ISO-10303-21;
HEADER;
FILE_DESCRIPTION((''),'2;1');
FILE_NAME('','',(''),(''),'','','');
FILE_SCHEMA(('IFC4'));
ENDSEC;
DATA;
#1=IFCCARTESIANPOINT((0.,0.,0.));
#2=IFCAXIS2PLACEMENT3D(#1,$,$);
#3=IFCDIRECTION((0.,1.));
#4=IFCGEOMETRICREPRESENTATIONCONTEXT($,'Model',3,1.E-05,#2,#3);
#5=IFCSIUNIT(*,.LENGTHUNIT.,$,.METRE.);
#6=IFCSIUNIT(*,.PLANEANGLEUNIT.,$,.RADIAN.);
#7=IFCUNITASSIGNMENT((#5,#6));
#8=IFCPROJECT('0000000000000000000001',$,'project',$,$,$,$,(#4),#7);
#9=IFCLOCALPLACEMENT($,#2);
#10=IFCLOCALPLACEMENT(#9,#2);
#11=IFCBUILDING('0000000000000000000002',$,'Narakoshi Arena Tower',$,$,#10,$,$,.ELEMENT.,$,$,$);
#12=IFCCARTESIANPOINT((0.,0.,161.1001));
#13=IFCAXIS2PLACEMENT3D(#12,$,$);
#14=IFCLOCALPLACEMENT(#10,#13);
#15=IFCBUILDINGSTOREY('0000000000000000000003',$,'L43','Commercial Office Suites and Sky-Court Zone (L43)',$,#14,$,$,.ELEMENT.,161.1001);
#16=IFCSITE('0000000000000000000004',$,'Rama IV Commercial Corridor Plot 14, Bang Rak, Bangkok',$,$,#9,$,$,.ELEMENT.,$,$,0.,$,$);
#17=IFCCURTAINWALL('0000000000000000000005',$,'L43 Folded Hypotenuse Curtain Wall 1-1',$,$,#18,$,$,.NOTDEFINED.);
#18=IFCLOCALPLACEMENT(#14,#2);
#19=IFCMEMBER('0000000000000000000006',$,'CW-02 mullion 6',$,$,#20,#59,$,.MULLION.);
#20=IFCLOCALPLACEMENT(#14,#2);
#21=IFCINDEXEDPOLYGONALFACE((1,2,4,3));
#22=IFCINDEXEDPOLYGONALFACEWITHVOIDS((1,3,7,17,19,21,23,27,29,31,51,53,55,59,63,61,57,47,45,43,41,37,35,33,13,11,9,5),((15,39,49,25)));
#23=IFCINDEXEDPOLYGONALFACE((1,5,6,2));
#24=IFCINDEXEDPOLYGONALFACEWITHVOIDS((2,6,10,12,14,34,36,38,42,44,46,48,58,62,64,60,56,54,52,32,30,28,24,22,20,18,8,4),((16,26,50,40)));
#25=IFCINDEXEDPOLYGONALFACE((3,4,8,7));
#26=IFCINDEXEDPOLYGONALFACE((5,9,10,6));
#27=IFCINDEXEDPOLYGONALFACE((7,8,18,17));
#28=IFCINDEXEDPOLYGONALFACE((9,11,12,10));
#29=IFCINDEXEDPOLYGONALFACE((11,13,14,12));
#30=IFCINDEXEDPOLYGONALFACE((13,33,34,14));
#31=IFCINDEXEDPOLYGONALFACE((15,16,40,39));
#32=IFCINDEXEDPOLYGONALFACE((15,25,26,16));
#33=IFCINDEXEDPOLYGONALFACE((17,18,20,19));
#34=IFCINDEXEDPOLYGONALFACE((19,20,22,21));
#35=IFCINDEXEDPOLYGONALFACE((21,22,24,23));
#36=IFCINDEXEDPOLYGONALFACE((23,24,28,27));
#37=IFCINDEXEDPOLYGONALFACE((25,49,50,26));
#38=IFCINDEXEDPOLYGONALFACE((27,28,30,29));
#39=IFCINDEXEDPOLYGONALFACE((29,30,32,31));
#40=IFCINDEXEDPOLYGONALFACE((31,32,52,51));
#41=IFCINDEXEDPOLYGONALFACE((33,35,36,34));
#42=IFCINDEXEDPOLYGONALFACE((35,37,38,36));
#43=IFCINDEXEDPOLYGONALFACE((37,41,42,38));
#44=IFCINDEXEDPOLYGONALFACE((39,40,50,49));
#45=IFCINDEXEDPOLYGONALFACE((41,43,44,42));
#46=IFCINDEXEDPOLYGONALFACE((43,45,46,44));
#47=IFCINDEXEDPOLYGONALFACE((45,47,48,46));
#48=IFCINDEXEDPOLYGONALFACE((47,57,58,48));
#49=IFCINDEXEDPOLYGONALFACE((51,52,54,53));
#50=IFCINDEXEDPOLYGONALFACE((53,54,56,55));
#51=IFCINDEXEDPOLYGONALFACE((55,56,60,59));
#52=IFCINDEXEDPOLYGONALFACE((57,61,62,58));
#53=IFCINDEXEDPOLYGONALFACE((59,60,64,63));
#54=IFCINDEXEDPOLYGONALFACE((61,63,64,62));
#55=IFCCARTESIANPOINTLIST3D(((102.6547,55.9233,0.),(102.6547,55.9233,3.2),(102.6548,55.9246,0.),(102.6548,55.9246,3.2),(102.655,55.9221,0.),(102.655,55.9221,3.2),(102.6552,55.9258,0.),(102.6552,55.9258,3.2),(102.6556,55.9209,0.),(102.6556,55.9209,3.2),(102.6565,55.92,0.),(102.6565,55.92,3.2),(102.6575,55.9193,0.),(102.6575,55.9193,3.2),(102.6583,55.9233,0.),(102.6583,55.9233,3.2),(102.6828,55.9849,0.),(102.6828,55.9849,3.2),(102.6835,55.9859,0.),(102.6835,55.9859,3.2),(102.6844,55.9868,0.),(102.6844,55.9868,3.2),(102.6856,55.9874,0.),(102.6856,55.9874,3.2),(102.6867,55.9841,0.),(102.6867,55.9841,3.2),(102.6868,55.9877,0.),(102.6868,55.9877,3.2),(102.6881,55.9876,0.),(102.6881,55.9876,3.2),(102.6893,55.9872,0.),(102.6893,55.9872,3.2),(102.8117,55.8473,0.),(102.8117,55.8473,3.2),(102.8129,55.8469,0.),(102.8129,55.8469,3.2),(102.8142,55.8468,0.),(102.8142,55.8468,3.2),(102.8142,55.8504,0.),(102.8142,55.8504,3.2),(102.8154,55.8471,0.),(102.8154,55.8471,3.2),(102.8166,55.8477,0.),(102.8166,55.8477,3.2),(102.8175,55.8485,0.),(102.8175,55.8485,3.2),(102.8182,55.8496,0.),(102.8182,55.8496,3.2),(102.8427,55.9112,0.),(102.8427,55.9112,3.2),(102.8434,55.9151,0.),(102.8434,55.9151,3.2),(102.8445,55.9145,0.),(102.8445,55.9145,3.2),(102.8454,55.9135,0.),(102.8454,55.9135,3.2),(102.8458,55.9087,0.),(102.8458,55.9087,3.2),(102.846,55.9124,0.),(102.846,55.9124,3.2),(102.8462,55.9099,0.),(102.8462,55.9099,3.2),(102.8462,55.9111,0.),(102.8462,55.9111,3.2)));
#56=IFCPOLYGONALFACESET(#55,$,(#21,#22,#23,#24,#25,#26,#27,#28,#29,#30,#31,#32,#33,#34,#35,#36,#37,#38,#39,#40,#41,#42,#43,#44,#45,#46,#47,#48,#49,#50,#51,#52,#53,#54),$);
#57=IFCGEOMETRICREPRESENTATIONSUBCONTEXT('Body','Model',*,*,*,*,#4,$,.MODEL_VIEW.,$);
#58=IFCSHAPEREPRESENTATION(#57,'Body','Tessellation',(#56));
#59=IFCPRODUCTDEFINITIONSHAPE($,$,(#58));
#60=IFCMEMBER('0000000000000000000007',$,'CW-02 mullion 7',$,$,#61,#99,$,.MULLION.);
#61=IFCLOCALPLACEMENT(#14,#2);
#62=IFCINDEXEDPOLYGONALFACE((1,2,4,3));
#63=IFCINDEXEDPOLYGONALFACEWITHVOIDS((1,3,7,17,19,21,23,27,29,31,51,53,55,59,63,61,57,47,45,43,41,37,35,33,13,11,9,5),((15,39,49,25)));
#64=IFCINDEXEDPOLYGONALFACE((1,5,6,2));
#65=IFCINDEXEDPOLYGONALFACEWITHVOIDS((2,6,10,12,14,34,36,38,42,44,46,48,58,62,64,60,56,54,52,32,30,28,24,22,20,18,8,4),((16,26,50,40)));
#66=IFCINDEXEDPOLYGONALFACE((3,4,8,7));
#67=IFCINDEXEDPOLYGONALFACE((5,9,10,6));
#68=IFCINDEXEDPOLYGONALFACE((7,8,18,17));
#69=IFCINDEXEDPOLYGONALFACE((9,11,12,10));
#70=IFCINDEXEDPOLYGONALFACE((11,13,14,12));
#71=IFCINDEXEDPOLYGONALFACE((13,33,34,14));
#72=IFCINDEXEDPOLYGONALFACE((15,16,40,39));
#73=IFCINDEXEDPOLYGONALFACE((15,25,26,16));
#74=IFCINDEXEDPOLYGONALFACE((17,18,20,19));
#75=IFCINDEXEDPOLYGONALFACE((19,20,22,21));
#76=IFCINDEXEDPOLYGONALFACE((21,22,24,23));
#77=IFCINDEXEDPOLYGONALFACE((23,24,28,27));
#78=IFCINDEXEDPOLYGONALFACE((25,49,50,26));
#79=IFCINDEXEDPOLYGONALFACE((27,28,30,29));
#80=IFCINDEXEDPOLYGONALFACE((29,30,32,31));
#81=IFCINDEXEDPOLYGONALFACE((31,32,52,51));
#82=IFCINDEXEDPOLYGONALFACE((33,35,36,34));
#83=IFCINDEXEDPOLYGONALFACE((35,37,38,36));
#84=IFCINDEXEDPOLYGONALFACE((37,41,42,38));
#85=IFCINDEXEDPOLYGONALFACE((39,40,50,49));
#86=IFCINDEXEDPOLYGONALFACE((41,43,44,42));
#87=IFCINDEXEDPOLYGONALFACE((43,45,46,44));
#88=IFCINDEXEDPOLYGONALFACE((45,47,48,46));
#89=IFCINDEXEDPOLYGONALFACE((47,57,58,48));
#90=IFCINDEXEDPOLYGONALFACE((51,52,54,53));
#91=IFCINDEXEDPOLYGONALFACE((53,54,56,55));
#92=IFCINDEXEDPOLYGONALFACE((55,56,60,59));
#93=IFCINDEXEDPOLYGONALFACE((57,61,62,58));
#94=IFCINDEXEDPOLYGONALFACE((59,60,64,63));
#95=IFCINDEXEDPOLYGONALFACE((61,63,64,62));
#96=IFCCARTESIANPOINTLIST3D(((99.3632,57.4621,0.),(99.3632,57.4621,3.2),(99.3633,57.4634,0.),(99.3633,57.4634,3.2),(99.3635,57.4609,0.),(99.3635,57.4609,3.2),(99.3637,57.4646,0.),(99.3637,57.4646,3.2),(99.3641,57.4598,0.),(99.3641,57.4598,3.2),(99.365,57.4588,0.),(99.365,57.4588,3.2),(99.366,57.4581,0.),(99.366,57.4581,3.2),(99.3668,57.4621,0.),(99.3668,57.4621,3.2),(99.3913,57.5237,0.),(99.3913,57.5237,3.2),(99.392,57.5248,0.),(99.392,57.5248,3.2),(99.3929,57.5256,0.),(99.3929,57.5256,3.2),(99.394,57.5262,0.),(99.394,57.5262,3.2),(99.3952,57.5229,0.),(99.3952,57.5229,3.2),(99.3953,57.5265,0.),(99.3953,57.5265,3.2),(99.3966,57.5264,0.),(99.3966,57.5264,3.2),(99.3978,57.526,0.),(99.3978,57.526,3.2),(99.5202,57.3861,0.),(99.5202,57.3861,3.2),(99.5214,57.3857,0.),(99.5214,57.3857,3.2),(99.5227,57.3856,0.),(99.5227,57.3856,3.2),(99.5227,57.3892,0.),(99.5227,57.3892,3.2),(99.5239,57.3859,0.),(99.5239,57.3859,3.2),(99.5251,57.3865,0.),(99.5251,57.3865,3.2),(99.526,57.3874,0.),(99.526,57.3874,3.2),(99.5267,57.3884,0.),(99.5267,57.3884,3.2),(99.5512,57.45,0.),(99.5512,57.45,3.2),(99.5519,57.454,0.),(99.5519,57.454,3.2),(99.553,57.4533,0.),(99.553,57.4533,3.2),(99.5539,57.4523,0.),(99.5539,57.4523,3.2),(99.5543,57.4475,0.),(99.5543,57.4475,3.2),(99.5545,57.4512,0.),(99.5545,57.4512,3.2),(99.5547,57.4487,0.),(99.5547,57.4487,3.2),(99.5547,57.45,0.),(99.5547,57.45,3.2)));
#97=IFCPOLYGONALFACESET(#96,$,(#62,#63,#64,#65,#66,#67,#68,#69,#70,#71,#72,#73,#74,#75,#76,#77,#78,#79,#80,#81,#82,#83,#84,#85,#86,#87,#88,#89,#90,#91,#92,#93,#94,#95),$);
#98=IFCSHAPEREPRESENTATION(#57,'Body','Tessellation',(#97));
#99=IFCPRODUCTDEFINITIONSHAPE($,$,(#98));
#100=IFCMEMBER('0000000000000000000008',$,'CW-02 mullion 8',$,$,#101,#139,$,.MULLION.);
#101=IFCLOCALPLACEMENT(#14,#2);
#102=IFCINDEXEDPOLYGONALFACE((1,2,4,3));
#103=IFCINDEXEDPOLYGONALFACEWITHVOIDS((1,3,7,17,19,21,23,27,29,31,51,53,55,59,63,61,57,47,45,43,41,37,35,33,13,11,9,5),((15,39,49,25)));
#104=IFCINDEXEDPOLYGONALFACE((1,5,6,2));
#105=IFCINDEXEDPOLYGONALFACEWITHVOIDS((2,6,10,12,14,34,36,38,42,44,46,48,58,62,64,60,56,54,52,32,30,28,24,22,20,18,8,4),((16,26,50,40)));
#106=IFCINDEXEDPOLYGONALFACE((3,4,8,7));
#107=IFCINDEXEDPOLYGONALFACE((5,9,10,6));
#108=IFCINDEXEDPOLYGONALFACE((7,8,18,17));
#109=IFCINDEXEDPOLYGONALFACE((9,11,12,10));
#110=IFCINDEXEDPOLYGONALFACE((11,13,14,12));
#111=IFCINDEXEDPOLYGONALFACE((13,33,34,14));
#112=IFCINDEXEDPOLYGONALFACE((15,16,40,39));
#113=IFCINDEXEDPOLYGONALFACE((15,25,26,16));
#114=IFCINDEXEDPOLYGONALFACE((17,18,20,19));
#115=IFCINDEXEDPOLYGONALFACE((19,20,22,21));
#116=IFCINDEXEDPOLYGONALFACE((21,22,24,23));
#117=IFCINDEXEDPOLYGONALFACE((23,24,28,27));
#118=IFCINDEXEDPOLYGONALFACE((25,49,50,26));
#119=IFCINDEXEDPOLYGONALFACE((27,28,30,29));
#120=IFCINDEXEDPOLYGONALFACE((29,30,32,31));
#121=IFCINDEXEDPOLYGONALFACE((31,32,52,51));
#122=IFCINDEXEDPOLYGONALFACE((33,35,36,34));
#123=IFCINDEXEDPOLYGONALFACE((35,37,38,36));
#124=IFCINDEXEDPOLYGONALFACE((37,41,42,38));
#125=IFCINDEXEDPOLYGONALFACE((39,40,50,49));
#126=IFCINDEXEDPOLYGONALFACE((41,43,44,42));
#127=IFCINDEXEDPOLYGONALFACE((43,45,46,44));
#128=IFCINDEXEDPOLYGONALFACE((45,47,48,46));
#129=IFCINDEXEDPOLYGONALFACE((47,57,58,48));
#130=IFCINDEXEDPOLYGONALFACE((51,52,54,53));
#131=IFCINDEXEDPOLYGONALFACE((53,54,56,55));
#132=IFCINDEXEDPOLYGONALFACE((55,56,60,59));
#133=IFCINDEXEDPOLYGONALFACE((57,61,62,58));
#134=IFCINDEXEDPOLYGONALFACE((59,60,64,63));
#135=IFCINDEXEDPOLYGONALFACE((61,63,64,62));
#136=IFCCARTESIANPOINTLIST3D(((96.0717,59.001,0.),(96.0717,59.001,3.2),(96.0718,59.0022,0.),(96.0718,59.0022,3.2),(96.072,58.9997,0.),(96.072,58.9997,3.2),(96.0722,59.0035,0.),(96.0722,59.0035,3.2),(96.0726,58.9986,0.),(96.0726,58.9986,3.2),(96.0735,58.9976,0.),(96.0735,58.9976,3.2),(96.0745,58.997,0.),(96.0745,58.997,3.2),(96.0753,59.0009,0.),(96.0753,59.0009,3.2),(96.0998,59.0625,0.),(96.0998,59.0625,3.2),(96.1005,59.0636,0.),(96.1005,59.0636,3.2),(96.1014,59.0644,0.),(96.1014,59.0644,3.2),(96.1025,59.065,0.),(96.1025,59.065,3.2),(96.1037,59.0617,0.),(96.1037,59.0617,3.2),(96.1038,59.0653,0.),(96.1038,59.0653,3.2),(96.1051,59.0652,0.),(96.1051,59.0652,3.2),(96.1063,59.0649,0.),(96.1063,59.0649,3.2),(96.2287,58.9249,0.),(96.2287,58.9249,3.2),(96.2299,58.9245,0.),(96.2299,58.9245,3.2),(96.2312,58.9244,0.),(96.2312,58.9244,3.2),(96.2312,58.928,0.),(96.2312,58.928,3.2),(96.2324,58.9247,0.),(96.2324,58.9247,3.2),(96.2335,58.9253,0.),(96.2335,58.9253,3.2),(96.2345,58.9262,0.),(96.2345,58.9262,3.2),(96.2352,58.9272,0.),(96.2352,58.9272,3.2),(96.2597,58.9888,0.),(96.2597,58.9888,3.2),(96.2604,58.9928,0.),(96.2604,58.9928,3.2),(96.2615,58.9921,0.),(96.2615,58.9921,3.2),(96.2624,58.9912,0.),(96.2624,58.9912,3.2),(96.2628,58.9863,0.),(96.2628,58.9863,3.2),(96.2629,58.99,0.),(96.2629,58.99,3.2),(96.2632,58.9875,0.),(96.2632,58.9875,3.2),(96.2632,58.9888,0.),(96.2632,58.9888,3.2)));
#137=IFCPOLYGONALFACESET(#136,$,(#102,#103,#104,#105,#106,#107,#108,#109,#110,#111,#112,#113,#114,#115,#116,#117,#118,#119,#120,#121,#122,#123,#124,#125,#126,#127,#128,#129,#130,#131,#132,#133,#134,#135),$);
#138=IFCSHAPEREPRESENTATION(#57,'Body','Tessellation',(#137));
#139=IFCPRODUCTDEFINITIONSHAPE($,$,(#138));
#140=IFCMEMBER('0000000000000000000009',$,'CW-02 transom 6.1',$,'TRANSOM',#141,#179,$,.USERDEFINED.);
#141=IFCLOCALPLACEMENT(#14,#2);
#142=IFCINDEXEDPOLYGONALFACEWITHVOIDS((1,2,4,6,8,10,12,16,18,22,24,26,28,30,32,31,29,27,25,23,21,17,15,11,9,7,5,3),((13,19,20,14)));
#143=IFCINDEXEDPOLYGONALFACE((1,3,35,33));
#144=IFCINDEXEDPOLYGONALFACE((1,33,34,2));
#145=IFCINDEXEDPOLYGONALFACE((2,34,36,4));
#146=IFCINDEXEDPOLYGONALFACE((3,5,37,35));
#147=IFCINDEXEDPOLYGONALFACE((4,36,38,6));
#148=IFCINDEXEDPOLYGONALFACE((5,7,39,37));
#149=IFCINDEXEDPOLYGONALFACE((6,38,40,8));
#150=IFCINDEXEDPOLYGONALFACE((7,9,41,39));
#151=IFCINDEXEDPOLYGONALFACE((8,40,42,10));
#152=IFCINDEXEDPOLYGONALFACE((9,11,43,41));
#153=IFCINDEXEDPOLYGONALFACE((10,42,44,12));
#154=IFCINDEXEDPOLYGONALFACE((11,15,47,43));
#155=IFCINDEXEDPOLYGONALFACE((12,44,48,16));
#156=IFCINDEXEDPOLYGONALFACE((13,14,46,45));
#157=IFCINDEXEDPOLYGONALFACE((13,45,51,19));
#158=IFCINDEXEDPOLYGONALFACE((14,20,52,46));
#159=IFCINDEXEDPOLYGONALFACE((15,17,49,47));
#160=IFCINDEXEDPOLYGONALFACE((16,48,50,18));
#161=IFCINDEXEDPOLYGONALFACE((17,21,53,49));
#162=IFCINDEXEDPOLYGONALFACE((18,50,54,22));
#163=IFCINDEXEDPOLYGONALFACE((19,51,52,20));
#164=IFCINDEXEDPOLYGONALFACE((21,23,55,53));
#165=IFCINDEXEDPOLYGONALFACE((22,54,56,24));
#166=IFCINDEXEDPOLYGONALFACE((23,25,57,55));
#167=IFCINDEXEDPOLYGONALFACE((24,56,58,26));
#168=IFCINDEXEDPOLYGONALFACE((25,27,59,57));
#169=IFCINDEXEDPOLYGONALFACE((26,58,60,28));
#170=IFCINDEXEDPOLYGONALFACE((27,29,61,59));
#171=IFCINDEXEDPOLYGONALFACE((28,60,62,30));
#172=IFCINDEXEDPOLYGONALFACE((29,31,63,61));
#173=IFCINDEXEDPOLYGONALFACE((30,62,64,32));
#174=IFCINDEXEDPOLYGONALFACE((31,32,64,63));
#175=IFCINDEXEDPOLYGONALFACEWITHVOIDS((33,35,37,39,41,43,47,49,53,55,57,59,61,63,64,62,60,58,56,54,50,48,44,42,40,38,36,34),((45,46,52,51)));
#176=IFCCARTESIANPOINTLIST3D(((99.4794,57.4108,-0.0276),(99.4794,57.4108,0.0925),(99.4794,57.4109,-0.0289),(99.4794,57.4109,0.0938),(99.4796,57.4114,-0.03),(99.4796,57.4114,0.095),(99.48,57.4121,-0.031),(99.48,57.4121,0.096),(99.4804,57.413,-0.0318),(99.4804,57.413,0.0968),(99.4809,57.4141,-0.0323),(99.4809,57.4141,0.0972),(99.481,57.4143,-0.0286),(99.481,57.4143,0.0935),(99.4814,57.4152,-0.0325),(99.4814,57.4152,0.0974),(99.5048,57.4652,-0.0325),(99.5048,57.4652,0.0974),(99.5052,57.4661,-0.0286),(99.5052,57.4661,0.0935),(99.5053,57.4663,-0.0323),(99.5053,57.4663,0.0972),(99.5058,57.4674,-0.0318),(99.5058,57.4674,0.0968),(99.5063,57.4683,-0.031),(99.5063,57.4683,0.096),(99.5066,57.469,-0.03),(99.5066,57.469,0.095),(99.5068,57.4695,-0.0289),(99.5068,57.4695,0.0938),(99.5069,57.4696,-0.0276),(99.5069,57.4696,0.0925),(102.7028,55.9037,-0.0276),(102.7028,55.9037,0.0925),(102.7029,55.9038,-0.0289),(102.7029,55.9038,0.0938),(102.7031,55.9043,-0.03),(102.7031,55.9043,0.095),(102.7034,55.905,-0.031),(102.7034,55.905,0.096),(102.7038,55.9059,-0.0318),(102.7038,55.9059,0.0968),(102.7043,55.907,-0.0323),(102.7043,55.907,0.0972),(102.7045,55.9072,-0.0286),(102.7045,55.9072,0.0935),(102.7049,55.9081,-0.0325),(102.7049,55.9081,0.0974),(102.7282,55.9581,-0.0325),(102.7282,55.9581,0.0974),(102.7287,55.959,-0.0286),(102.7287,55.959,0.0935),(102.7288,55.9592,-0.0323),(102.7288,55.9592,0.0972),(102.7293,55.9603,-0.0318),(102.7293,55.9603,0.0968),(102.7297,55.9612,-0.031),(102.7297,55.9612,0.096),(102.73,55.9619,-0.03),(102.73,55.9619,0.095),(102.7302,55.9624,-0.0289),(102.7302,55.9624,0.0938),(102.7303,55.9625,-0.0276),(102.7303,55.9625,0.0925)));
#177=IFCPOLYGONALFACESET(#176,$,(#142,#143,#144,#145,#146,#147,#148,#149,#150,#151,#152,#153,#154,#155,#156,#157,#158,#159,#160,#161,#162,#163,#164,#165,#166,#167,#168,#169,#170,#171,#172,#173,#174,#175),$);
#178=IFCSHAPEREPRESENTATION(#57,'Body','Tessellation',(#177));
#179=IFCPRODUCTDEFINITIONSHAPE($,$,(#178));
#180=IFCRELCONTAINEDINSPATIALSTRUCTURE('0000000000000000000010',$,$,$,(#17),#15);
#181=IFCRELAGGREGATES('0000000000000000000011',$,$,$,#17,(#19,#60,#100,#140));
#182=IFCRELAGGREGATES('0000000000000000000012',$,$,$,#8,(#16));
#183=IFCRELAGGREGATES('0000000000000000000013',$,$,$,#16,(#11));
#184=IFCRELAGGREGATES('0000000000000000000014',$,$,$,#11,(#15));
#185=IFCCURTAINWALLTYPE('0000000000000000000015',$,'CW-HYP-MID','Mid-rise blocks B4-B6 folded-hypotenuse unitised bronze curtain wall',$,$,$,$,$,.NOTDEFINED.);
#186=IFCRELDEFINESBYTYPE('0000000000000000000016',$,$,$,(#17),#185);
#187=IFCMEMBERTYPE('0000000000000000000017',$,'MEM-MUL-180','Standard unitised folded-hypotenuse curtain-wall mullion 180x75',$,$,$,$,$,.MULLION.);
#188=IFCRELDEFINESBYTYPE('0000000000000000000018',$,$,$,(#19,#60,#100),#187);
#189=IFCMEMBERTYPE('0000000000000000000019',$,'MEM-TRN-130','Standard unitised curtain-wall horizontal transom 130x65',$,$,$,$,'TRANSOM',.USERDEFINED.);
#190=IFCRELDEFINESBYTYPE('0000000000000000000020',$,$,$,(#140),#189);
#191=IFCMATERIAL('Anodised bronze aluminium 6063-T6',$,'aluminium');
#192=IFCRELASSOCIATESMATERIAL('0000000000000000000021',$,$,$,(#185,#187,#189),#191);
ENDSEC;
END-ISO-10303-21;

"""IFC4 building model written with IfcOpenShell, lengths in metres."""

from ifc_helpers import new_model, si_unit, direction, frame, origin, origin_2d, place, context, subcontext, project, spatial, hollow_rectangle, extrude, material, material_profile, profile_set, type_object, element, aggregate, save


model = new_model("IFC4")

# Units and contexts
model_context = context("Model", 3, precision=1e-05, world=origin(), true_north=direction((0.0, 1.0)))
body_context = subcontext(model_context, "Body", "Model", "MODEL_VIEW")
ifc_project = project(units=[si_unit("LENGTHUNIT", "METRE"), si_unit("PLANEANGLEUNIT", "RADIAN")], contexts=[model_context])

# Site, building, storey
site_placement = place(None, origin())
site = spatial("IfcSite", under=ifc_project, at=site_placement, Name="Rama IV Commercial Corridor Plot 14, Bang Rak, Bangkok", CompositionType="ELEMENT", RefElevation=0.0)
building_placement = place(site_placement, origin())
building = spatial("IfcBuilding", under=site, at=building_placement, Name="Narakoshi Arena Tower", CompositionType="ELEMENT")
storey_placement = place(building_placement, frame((0.0, 0.0, 161.1001)))
storey = spatial("IfcBuildingStorey", under=building, at=storey_placement, Name="L43", Description="Commercial Office Suites and Sky-Court Zone (L43)", CompositionType="ELEMENT", Elevation=161.1001)

# Curtain wall, members
ifc_material_1 = material(Name="Anodised bronze aluminium 6063-T6", Category="aluminium")
curtain_wall_type = type_object("IfcCurtainWallType", Name="CW-HYP-MID", Description="Mid-rise blocks B4-B6 folded-hypotenuse unitised bronze curtain wall", PredefinedType="NOTDEFINED", material=ifc_material_1)
curtain_wall_placement = place(storey_placement, origin())
curtain_wall = element("IfcCurtainWall", 1, at=curtain_wall_placement, inside=storey, type_object=curtain_wall_type, Name="L43 Folded Hypotenuse Curtain Wall 1-1", PredefinedType="NOTDEFINED")
ifc_material_profile_1 = material_profile(ifc_material_1, hollow_rectangle(XDim=0.075, YDim=0.1799, WallThickness=0.0039, OuterFilletRadius=0.0049, at=origin_2d()), Name="MUL180x75x4")
ifc_profile_set_1 = profile_set([ifc_material_profile_1], Name="Anodised bronze aluminium 6063-T6")
member_type_1 = type_object("IfcMemberType", Name="MEM-MUL-180", Description="Standard unitised folded-hypotenuse curtain-wall mullion 180x75", PredefinedType="MULLION", material=ifc_profile_set_1)
member_1_placement = place(storey_placement, frame((102.7505, 55.9172, 0.0), z_axis=(0.0, 0.0, 1.0), x_axis=(-0.423532, -0.905881, 0.0)))
member_1 = element("IfcMember", 2, at=member_1_placement, type_object=member_type_1, Name="CW-02 mullion 6", PredefinedType="MULLION", context=body_context, shape_type="SweptSolid", body=[
    extrude(hollow_rectangle(XDim=0.075, YDim=0.1799, WallThickness=0.0039, OuterFilletRadius=0.0049, at=origin_2d()), origin(), (0.0, 0.0, 1.0), 3.2),
])
member_2_placement = place(storey_placement, frame((99.459, 57.4561, 0.0), z_axis=(0.0, 0.0, 1.0), x_axis=(-0.423532, -0.905881, 0.0)))
member_2 = element("IfcMember", 3, at=member_2_placement, type_object=member_type_1, Name="CW-02 mullion 7", PredefinedType="MULLION", context=body_context, shape_type="SweptSolid", body=[
    extrude(hollow_rectangle(XDim=0.075, YDim=0.1799, WallThickness=0.0039, OuterFilletRadius=0.0049, at=origin_2d()), origin(), (0.0, 0.0, 1.0), 3.2),
])
member_3_placement = place(storey_placement, frame((96.1675, 58.9949, 0.0), z_axis=(0.0, 0.0, 1.0), x_axis=(-0.423532, -0.905881, 0.0)))
member_3 = element("IfcMember", 4, at=member_3_placement, type_object=member_type_1, Name="CW-02 mullion 8", PredefinedType="MULLION", context=body_context, shape_type="SweptSolid", body=[
    extrude(hollow_rectangle(XDim=0.075, YDim=0.1799, WallThickness=0.0039, OuterFilletRadius=0.0049, at=origin_2d()), origin(), (0.0, 0.0, 1.0), 3.2),
])
ifc_material_profile_2 = material_profile(ifc_material_1, hollow_rectangle(XDim=0.0649, YDim=0.1299, WallThickness=0.0039, OuterFilletRadius=0.0049, at=origin_2d()), Name="TRN130x65x4")
ifc_profile_set_2 = profile_set([ifc_material_profile_2], Name="Anodised bronze aluminium 6063-T6")
member_type_2 = type_object("IfcMemberType", Name="MEM-TRN-130", Description="Standard unitised curtain-wall horizontal transom 130x65", ElementType="TRANSOM", PredefinedType="USERDEFINED", material=ifc_profile_set_2)
member_4_placement = place(storey_placement, frame((102.7166, 55.9331, 0.0325), z_axis=(-0.905878, 0.423539, 0.0), x_axis=(-0.423539, -0.905878, 0.0)))
member_4 = element("IfcMember", 5, at=member_4_placement, type_object=member_type_2, Name="CW-02 transom 6.1", ObjectType="TRANSOM", PredefinedType="USERDEFINED", context=body_context, shape_type="SweptSolid", body=[
    extrude(hollow_rectangle(XDim=0.0649, YDim=0.1299, WallThickness=0.0039, OuterFilletRadius=0.0049, at=origin_2d()), origin(), (0.0, 0.0, 1.0), 3.5583),
])
aggregate(curtain_wall, [member_1, member_2, member_3, member_4])

save(model, "model.ifc")
